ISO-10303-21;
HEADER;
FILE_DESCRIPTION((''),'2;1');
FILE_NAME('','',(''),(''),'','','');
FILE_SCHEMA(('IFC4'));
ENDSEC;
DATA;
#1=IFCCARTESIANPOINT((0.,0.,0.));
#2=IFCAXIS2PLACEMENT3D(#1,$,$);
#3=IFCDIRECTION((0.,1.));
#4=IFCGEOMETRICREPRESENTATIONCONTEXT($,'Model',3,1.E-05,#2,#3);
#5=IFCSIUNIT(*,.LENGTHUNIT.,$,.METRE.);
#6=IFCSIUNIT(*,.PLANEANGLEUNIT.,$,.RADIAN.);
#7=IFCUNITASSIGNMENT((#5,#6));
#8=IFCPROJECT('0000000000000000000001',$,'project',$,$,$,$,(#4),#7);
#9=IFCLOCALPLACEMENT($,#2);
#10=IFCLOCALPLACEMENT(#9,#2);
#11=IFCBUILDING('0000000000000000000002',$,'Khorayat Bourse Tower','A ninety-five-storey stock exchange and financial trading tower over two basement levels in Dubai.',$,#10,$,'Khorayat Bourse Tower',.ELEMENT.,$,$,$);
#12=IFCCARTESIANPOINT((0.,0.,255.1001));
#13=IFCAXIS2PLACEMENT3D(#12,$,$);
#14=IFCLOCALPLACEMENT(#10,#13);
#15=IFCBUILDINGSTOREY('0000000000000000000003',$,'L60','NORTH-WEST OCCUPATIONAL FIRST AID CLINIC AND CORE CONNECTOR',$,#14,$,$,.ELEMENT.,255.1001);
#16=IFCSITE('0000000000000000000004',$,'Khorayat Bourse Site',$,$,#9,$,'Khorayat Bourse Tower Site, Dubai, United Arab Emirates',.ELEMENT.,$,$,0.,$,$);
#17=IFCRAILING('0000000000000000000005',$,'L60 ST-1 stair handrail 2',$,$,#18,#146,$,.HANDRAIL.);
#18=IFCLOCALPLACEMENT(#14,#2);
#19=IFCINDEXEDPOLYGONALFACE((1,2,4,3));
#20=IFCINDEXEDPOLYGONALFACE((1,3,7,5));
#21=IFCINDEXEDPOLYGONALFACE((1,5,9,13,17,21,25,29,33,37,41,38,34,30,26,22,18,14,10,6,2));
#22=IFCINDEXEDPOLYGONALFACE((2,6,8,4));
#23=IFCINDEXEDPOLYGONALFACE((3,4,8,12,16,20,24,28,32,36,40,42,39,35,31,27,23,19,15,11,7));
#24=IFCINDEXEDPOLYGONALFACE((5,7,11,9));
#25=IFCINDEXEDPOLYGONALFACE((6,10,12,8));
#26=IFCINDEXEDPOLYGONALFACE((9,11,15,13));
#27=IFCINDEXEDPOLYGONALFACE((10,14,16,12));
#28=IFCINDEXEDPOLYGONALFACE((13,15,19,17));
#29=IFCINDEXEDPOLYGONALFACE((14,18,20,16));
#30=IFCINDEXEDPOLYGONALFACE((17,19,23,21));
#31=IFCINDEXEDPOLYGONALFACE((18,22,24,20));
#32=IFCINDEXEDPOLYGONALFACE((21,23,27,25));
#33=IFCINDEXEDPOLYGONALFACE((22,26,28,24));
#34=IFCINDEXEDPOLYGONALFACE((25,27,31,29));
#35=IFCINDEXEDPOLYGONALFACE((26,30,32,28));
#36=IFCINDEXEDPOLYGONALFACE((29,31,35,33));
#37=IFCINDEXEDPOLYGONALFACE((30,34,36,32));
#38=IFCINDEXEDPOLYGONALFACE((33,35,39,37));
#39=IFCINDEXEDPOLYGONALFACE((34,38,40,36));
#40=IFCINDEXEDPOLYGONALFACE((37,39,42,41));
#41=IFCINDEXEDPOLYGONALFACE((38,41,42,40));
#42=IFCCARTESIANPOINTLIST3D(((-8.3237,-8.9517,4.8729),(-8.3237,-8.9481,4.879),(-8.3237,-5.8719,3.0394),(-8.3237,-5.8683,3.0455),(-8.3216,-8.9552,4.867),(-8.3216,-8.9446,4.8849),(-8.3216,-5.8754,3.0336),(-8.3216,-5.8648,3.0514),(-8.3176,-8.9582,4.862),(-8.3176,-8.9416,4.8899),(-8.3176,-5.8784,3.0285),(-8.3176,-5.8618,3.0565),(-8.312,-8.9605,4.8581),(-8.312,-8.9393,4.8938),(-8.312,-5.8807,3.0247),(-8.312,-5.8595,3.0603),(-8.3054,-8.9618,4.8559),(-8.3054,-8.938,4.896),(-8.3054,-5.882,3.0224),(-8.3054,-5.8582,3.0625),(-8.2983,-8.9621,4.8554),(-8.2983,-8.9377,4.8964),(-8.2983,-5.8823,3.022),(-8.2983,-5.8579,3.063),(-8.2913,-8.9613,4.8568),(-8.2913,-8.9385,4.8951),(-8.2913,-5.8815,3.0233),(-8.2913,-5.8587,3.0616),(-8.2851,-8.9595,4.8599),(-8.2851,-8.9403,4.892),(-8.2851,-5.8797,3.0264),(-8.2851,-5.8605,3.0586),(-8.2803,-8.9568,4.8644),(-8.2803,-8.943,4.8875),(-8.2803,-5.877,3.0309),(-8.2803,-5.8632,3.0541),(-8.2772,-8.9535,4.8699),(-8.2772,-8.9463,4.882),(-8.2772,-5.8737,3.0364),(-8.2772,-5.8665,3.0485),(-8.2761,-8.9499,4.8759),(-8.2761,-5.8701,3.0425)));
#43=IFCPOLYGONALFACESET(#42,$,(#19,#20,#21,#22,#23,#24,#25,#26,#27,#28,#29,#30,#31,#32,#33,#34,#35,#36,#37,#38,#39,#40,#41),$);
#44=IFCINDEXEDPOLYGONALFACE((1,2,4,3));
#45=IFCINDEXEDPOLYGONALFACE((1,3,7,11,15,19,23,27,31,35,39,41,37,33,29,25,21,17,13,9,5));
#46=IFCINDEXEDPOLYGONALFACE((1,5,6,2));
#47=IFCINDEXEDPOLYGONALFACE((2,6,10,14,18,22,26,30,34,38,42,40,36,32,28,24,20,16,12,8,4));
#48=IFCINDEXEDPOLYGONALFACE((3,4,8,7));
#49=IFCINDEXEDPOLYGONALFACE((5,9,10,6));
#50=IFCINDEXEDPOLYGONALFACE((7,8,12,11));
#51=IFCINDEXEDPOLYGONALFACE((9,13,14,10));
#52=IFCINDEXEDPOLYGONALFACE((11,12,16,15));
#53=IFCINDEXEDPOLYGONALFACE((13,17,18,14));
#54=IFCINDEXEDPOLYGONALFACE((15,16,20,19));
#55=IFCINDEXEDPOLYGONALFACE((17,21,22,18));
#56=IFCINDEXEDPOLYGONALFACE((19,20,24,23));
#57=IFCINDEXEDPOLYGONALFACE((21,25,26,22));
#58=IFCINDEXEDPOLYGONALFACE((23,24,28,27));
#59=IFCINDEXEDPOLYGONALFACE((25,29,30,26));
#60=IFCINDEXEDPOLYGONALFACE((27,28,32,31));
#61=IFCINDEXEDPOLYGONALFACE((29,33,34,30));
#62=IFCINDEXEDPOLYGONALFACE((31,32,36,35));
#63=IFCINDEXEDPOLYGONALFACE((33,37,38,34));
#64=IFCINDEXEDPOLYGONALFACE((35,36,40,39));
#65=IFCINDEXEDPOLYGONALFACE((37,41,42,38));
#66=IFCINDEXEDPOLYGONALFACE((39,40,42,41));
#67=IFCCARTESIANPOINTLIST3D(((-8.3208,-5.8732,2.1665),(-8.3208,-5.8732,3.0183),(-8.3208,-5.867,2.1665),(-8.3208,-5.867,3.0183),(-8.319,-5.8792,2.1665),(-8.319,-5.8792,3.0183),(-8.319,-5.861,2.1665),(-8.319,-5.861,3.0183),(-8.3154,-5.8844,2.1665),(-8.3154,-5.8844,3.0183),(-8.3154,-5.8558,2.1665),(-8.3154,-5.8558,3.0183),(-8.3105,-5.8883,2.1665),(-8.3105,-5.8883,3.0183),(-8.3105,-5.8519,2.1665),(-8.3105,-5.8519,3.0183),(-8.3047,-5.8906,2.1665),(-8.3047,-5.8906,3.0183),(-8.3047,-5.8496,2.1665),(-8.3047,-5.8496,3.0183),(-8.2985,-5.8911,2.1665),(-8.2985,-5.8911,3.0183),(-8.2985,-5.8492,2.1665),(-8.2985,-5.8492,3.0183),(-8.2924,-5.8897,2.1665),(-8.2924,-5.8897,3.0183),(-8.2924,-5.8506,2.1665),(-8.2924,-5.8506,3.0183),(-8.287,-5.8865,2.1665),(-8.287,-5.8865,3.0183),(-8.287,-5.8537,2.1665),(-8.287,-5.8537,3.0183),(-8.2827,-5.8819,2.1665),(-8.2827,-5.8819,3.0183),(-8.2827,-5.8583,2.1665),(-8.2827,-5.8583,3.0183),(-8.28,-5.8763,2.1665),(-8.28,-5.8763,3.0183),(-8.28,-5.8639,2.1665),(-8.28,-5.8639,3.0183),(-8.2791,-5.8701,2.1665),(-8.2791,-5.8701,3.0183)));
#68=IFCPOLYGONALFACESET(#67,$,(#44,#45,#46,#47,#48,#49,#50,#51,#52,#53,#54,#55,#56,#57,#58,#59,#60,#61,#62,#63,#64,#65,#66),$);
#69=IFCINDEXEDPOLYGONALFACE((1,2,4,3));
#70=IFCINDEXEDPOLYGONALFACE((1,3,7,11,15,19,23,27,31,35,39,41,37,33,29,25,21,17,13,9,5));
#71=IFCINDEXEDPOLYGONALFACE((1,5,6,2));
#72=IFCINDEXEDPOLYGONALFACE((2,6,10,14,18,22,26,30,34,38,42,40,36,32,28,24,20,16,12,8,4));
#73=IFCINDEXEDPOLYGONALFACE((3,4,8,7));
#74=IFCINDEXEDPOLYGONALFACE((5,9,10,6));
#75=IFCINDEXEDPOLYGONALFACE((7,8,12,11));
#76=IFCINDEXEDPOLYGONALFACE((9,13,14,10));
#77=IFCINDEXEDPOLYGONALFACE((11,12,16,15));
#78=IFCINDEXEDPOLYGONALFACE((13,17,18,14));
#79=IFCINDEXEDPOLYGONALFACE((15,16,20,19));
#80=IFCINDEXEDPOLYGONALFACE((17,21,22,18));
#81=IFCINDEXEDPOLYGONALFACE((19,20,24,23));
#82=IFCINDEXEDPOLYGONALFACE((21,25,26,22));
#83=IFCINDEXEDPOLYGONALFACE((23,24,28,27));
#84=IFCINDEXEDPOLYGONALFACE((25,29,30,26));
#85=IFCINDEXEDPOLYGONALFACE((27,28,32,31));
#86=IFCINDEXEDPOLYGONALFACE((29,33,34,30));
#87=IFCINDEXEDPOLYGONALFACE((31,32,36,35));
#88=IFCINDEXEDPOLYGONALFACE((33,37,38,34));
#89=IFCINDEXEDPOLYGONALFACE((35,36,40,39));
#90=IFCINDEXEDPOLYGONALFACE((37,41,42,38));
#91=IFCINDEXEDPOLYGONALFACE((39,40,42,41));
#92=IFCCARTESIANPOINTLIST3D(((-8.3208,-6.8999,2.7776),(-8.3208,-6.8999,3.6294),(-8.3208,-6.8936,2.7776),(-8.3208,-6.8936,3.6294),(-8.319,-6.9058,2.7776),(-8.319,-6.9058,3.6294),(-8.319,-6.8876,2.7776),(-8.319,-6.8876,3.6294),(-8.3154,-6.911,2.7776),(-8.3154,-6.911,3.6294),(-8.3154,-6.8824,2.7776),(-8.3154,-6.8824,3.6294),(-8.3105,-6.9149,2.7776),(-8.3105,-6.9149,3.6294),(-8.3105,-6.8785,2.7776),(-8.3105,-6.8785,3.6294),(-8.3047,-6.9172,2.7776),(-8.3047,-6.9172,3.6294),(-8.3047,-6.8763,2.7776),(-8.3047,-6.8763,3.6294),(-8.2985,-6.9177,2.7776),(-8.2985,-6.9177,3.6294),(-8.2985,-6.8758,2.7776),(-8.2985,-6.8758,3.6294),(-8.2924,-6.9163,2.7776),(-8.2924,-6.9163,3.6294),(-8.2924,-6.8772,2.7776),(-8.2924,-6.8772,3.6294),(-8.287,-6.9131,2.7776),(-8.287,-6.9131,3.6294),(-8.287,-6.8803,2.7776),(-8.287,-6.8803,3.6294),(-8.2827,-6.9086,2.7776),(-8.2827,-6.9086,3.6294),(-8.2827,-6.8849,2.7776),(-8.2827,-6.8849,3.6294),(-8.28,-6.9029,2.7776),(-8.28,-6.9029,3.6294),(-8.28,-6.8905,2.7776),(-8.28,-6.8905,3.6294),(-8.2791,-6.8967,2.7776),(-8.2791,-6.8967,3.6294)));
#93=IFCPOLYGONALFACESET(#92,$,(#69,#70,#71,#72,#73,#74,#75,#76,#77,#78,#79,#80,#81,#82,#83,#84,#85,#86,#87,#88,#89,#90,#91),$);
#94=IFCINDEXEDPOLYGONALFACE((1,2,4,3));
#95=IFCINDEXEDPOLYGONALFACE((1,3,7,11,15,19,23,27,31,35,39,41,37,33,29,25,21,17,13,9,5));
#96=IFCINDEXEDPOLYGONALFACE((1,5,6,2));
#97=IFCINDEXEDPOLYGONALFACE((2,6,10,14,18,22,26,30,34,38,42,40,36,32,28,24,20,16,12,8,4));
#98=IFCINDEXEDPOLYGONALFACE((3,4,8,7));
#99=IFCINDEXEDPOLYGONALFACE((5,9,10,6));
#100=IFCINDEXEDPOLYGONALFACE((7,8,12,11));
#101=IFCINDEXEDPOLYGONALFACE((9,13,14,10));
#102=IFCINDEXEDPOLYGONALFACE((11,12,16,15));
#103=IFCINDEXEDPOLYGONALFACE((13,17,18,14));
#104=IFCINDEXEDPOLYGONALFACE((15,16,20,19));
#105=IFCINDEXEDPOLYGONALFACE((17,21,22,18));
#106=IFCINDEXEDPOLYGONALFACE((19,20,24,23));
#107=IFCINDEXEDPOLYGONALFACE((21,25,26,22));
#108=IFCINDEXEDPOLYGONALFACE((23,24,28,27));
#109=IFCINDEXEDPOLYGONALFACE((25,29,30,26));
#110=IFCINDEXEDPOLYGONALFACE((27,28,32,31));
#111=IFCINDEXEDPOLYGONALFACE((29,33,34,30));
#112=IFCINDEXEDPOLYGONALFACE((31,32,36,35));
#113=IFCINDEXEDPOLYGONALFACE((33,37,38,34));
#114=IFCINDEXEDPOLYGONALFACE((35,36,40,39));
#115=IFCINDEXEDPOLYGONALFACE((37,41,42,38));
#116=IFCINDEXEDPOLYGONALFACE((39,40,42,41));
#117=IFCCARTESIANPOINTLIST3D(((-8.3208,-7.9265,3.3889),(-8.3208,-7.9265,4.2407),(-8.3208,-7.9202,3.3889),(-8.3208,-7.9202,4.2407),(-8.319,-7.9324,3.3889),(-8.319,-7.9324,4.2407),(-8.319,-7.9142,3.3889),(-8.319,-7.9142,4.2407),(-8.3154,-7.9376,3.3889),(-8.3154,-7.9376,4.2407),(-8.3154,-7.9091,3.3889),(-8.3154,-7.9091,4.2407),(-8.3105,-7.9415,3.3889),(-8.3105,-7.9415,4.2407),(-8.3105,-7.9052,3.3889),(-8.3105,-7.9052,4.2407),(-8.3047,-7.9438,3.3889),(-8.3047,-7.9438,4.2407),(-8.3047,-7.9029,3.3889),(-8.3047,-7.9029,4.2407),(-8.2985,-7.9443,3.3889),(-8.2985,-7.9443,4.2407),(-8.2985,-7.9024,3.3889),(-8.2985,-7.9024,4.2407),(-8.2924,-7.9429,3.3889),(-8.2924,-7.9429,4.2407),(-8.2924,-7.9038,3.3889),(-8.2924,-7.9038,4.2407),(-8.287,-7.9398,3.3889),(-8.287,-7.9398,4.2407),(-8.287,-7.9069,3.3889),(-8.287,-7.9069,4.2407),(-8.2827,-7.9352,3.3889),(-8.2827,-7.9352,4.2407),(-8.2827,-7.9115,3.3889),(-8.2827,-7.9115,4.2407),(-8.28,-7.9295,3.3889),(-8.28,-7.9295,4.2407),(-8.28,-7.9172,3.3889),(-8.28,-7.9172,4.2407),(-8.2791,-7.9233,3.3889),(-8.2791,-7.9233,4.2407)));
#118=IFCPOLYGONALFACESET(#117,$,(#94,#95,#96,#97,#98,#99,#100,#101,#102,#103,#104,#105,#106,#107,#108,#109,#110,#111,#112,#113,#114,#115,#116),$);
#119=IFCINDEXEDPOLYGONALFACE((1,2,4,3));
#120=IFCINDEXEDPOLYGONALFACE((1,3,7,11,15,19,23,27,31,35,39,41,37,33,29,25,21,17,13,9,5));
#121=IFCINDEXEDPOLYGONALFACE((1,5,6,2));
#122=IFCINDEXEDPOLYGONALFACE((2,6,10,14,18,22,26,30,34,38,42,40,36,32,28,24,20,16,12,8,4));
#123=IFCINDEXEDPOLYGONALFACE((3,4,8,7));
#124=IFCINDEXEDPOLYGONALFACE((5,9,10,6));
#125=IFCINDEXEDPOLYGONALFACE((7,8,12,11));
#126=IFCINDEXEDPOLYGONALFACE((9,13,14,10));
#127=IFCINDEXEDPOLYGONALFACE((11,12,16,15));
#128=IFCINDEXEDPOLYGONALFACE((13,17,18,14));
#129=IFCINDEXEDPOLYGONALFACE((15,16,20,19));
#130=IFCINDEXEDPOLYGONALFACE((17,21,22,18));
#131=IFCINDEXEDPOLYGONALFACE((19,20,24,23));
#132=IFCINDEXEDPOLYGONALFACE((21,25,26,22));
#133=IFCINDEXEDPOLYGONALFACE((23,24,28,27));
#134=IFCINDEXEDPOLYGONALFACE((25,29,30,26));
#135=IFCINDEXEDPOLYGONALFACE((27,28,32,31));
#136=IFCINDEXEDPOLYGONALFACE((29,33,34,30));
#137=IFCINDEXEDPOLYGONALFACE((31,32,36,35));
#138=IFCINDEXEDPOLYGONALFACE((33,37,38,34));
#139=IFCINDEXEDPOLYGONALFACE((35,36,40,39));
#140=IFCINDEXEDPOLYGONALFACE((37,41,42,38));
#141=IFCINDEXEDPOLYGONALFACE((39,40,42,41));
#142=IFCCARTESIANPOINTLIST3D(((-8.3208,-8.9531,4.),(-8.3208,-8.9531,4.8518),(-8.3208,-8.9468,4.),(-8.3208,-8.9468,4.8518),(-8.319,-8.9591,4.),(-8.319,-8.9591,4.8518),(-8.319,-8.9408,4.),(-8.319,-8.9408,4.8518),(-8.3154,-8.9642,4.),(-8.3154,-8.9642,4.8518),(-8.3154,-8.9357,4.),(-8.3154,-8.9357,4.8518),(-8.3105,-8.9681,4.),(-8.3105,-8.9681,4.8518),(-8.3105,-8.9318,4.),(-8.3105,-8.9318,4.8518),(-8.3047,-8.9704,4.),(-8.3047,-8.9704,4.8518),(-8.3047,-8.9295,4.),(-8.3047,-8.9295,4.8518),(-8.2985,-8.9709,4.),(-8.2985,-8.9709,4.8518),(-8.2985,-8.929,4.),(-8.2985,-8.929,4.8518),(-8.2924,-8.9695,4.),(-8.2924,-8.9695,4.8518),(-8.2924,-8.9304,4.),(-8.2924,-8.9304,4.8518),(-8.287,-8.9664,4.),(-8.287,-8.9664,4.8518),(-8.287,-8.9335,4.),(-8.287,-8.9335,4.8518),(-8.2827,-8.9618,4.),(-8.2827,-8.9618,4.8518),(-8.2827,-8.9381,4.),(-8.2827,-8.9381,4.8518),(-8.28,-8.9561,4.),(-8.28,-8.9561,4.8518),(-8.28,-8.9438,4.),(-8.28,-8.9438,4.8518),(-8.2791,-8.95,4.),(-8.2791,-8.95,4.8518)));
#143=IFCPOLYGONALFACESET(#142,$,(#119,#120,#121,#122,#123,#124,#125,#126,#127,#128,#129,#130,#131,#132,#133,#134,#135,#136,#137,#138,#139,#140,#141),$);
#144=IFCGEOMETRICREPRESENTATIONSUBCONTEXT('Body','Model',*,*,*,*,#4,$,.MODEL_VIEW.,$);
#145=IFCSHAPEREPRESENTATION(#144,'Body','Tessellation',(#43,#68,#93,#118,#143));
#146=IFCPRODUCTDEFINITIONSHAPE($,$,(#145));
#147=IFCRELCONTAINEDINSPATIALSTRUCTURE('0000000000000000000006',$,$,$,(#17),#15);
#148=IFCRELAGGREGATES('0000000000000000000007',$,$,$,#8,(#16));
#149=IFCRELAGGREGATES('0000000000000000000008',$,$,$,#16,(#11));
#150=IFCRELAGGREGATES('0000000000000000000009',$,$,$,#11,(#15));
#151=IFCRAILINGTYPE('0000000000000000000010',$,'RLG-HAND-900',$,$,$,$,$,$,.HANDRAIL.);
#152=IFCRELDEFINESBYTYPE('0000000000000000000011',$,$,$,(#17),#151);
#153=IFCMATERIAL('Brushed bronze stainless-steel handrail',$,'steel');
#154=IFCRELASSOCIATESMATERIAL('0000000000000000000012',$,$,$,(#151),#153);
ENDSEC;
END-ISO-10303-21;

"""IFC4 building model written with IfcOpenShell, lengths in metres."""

from ifc_helpers import new_model, si_unit, direction, frame, origin, origin_2d, place, context, subcontext, project, spatial, circle, extrude, source, transform, mapped, material, type_object, element, save


model = new_model("IFC4")

# Units and contexts
model_context = context("Model", 3, precision=1e-05, world=origin(), true_north=direction((0.0, 1.0)))
body_context = subcontext(model_context, "Body", "Model", "MODEL_VIEW")
ifc_project = project(units=[si_unit("LENGTHUNIT", "METRE"), si_unit("PLANEANGLEUNIT", "RADIAN")], contexts=[model_context])

# Site, building, storey
site_placement = place(None, origin())
site = spatial("IfcSite", under=ifc_project, at=site_placement, Name="Khorayat Bourse Site", LongName="Khorayat Bourse Tower Site, Dubai, United Arab Emirates", CompositionType="ELEMENT", RefElevation=0.0)
building_placement = place(site_placement, origin())
building = spatial("IfcBuilding", under=site, at=building_placement, Name="Khorayat Bourse Tower", Description="A ninety-five-storey stock exchange and financial trading tower over two basement levels in Dubai.", LongName="Khorayat Bourse Tower", CompositionType="ELEMENT")
storey_placement = place(building_placement, frame((0.0, 0.0, 255.1001)))
storey = spatial("IfcBuildingStorey", under=building, at=storey_placement, Name="L60", Description="NORTH-WEST OCCUPATIONAL FIRST AID CLINIC AND CORE CONNECTOR", CompositionType="ELEMENT", Elevation=255.1001)

# Railing
ifc_material_1 = material(Name="Brushed bronze stainless-steel handrail", Category="steel")
railing_type_1 = type_object("IfcRailingType", Name="RLG-HAND-900", PredefinedType="HANDRAIL", material=ifc_material_1)
shared_shape_1 = source(origin(), body_context, "Body", "SweptSolid", [
    extrude(circle(Radius=0.0239, at=origin_2d()), frame((0.0, 0.0, 0.876), z_axis=(0.0, -0.859261, 0.511538), x_axis=(1.0, 0.0, 0.0)), (0.0, 0.0, 1.0), 3.5842),
    extrude(circle(Radius=0.021, at=origin_2d()), origin(), (0.0, 0.0, 1.0), 0.8518),
    extrude(circle(Radius=0.021, at=origin_2d()), frame((0.0, -1.0266, 0.6111)), (0.0, 0.0, 1.0), 0.8518),
    extrude(circle(Radius=0.021, at=origin_2d()), frame((0.0, -2.0532, 1.2224)), (0.0, 0.0, 1.0), 0.8518),
    extrude(circle(Radius=0.021, at=origin_2d()), frame((0.0, -3.0798, 1.8335)), (0.0, 0.0, 1.0), 0.8518),
])
railing_1_placement = place(storey_placement, frame((-8.3, -5.8701, 2.1665)))
element("IfcRailing", 1, at=railing_1_placement, inside=storey, type_object=railing_type_1, Name="L60 ST-1 stair handrail 2", PredefinedType="HANDRAIL", context=body_context, shape_type="MappedRepresentation", body=[
    mapped(shared_shape_1, transform((0.0, 0.0, 0.0), scale=1.0)),
])

save(model, "model.ifc")
